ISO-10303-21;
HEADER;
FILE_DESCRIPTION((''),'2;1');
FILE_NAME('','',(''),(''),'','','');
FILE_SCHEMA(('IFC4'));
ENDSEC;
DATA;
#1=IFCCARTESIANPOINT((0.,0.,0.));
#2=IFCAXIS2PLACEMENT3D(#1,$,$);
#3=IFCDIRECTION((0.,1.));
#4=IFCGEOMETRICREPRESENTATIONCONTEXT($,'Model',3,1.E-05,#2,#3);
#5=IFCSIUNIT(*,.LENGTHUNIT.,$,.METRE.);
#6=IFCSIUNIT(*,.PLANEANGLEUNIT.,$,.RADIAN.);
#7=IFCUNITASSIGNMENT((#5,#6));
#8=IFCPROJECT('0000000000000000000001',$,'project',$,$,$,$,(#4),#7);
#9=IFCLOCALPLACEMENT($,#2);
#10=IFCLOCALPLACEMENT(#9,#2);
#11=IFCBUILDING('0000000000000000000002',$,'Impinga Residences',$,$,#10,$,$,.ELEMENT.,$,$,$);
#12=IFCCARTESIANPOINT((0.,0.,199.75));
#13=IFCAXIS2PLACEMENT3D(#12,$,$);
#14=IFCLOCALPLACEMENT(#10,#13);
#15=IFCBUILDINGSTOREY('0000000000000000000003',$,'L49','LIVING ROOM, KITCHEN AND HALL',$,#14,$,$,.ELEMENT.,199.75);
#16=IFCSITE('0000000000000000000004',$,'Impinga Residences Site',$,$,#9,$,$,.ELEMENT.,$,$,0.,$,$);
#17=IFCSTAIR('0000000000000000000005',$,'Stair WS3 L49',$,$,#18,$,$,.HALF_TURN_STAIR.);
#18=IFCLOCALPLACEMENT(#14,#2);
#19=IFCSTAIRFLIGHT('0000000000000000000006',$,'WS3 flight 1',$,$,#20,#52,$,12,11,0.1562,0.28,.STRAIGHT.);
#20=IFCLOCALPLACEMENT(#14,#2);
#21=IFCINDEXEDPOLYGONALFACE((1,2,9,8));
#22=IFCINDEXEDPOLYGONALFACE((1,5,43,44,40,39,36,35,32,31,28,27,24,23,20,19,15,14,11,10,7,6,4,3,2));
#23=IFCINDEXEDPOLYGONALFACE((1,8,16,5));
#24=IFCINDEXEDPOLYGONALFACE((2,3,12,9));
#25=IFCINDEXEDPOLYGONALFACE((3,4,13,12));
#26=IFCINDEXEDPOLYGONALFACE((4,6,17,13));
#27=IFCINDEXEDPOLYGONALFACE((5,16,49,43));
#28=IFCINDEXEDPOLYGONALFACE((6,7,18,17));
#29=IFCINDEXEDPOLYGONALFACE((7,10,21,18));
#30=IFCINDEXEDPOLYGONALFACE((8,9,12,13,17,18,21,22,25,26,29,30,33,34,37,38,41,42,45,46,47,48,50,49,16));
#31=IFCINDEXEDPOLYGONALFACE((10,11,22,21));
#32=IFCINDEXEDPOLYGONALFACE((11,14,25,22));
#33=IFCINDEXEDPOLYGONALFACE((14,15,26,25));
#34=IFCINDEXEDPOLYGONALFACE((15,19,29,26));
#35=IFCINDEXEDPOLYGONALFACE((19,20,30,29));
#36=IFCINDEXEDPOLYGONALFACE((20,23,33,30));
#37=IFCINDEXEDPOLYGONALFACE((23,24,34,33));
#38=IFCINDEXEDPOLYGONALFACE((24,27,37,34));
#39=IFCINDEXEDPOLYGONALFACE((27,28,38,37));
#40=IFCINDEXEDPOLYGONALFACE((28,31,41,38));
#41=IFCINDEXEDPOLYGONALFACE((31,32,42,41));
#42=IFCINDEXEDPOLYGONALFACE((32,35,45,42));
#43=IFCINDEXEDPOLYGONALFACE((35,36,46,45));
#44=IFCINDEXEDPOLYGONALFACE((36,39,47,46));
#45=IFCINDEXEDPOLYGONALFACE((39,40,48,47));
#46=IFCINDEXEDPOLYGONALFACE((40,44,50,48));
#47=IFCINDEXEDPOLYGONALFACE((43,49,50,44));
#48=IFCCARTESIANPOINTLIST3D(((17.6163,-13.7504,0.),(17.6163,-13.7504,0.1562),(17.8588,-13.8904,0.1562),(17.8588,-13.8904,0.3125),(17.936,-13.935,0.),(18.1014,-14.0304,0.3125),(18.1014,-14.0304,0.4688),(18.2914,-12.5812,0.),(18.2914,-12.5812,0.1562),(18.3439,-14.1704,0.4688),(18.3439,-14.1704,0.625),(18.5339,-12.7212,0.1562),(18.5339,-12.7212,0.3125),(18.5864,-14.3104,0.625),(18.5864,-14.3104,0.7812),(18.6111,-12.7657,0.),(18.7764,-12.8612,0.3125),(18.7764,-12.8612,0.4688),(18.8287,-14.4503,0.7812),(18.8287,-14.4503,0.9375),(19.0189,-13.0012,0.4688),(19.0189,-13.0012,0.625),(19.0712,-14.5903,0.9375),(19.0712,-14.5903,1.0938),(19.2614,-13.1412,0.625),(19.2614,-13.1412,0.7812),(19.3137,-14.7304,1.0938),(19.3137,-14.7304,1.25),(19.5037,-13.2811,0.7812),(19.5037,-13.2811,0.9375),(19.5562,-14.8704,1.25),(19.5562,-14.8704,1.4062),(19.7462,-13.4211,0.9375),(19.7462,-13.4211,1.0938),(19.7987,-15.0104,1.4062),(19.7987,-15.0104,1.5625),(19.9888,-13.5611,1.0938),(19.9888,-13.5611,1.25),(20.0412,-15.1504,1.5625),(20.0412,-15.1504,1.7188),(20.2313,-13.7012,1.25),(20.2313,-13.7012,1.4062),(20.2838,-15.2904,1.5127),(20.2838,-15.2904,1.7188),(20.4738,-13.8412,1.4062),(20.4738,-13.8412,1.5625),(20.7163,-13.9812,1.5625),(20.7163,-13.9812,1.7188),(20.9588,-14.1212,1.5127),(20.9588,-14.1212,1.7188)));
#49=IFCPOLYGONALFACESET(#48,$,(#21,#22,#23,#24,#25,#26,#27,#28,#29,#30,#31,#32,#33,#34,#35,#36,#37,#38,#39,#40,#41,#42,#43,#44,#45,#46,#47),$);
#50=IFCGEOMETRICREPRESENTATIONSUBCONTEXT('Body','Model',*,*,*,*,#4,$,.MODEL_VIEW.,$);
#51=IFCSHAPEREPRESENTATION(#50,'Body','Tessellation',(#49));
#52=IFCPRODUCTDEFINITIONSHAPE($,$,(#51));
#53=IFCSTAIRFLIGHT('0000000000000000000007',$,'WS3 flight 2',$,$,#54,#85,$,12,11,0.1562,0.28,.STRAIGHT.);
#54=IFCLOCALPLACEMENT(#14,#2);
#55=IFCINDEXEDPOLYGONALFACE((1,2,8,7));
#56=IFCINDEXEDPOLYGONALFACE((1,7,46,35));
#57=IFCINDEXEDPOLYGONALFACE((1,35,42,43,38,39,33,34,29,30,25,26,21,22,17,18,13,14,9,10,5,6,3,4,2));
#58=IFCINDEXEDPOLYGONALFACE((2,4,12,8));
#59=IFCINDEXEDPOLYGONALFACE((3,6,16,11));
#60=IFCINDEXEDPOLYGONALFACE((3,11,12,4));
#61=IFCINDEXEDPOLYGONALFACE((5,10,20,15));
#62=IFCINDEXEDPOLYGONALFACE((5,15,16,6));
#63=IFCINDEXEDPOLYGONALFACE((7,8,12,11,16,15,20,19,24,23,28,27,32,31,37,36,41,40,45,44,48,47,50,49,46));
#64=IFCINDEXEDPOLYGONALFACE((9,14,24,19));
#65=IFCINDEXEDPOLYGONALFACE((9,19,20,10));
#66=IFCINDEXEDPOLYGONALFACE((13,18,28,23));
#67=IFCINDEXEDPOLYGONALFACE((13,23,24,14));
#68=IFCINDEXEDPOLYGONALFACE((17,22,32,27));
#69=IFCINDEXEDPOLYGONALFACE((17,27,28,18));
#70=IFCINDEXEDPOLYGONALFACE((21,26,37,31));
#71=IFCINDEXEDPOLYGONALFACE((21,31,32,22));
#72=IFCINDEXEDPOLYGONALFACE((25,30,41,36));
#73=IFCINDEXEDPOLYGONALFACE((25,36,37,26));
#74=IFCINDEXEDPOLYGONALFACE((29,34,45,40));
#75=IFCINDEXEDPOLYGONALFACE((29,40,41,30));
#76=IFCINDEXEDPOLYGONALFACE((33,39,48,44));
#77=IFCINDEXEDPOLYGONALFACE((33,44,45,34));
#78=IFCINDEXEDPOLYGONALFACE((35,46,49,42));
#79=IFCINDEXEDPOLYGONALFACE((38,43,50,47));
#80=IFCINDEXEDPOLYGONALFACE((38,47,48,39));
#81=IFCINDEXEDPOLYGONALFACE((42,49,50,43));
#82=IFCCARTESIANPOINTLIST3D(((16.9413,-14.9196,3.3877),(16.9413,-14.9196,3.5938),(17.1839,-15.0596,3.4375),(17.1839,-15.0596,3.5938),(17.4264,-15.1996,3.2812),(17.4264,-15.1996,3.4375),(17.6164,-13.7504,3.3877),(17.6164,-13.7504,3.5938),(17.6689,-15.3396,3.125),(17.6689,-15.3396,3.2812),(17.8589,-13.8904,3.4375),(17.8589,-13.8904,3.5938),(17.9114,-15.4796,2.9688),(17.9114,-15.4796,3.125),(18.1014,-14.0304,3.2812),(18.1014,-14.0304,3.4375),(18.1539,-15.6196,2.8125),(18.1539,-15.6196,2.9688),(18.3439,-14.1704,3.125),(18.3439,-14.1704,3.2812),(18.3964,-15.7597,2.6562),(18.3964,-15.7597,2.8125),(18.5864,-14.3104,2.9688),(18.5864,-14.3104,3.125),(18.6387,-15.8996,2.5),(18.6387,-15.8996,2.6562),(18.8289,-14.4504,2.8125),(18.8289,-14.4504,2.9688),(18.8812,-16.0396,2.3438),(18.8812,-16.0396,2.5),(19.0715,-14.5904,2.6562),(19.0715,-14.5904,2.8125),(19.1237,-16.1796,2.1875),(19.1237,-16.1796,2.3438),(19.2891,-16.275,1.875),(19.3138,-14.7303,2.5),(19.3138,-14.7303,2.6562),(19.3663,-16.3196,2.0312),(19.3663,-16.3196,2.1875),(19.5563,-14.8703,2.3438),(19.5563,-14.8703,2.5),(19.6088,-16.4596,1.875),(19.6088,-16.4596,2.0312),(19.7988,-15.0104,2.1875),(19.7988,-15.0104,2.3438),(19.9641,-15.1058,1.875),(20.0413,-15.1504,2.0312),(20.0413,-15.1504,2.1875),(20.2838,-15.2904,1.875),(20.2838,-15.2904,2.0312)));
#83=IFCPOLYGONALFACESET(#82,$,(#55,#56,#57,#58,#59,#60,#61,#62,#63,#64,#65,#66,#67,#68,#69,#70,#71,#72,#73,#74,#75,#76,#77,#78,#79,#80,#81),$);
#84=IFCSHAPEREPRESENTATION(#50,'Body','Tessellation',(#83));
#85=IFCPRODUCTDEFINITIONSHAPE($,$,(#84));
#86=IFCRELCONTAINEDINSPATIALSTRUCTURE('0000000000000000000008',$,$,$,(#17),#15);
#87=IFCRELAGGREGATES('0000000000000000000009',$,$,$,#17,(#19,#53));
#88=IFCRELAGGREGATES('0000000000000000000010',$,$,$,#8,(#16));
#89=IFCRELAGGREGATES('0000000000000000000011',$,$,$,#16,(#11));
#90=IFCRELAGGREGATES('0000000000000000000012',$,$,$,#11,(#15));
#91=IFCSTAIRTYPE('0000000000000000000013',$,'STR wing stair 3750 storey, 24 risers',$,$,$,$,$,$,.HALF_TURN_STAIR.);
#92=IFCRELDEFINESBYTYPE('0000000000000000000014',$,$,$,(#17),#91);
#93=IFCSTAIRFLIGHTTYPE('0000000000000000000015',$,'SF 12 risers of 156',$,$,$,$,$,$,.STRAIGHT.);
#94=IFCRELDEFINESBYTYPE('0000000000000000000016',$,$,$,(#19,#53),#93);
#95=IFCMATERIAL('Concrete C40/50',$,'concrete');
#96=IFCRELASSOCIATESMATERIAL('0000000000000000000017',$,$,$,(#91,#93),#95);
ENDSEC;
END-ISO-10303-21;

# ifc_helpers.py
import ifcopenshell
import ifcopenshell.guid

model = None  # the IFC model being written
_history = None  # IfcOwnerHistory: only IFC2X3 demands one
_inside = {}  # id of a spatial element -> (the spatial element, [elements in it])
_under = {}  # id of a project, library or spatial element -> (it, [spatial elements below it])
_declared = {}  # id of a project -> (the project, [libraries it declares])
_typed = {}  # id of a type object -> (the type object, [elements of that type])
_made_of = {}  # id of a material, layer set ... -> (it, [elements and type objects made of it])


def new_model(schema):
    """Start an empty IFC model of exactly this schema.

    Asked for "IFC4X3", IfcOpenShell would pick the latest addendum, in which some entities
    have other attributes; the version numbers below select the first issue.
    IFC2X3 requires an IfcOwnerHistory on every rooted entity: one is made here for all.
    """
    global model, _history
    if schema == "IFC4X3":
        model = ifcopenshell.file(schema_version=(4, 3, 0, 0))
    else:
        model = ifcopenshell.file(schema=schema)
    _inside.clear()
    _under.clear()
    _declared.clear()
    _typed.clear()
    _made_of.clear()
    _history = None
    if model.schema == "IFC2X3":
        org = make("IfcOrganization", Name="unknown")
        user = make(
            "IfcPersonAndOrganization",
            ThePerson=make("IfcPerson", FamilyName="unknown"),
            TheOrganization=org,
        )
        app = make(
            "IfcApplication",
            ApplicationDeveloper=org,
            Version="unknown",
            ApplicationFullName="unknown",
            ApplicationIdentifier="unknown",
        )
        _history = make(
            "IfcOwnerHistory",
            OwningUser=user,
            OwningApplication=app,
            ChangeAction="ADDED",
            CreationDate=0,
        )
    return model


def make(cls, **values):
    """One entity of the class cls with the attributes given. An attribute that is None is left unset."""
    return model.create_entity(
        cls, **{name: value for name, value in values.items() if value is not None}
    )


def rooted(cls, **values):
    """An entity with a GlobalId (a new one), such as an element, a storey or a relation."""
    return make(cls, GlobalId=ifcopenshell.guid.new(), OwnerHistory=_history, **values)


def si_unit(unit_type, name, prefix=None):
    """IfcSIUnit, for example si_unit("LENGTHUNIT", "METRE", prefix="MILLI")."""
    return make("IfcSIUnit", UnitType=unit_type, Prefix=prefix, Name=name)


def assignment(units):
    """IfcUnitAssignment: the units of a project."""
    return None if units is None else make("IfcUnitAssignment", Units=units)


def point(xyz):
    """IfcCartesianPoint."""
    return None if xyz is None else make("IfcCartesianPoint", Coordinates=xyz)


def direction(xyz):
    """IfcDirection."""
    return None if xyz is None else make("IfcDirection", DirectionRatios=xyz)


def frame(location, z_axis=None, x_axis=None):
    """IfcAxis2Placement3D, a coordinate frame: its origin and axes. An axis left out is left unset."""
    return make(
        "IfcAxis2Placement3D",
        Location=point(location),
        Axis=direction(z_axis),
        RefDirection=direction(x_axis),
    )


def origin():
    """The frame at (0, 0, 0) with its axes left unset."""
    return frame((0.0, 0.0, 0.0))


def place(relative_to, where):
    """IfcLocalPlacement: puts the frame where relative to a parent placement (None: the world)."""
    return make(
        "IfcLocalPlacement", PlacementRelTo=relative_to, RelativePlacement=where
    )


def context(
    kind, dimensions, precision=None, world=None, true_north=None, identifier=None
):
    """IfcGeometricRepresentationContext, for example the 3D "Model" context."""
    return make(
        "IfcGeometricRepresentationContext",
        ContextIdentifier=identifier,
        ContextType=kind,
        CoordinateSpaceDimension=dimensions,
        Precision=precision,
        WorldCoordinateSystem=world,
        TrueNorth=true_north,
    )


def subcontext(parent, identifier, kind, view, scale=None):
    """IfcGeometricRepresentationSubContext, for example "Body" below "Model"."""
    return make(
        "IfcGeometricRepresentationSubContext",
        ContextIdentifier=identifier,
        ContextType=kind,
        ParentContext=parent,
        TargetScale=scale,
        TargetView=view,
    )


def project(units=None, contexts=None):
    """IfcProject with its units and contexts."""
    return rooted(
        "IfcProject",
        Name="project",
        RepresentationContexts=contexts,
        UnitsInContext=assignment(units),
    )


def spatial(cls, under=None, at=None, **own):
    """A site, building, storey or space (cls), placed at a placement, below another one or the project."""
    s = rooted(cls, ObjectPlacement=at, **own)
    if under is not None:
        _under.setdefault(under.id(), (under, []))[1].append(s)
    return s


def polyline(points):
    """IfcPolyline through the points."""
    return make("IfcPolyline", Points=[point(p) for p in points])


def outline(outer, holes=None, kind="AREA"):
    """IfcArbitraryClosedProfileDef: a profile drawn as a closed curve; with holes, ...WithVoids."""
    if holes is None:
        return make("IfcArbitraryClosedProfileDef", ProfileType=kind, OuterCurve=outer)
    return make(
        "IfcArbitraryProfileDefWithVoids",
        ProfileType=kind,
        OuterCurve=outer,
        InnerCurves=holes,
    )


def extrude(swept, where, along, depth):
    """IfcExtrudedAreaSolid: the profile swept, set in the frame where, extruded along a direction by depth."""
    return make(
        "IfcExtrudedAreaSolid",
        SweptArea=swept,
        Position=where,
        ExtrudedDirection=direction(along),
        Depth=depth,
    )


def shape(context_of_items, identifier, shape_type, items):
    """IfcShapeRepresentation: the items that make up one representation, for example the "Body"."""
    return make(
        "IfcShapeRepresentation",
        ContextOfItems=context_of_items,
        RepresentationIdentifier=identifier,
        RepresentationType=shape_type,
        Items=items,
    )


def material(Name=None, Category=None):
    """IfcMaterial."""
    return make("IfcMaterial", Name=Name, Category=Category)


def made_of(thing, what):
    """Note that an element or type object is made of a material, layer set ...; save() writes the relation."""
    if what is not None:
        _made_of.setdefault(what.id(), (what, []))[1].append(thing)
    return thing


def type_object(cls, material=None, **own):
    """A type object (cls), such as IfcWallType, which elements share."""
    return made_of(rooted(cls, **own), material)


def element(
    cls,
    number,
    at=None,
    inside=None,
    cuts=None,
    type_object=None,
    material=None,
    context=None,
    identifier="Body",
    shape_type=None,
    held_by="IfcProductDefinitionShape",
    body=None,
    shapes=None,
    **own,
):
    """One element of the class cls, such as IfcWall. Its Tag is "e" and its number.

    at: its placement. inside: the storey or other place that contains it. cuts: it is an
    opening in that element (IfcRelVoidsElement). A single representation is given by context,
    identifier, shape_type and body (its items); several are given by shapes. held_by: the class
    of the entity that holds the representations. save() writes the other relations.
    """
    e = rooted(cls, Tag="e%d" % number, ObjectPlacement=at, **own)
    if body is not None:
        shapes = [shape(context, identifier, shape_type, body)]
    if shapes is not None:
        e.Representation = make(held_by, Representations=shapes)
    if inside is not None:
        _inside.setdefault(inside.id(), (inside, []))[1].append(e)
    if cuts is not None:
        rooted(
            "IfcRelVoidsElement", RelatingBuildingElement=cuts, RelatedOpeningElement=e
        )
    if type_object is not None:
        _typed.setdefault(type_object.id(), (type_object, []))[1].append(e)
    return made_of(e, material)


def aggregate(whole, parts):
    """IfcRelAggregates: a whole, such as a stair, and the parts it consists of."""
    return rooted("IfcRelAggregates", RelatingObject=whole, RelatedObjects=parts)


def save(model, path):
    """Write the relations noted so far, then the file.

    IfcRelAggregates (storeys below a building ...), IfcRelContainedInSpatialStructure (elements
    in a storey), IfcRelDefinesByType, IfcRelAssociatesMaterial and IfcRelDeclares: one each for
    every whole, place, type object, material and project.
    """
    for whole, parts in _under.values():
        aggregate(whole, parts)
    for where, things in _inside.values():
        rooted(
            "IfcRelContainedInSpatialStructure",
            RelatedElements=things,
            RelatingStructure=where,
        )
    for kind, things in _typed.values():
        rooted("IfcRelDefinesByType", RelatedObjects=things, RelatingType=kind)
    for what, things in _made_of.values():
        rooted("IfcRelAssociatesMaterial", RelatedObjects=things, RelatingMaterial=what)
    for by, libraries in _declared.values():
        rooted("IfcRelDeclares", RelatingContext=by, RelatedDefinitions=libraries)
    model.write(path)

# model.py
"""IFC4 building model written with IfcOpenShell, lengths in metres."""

from ifc_helpers import new_model, si_unit, direction, frame, origin, place, context, subcontext, project, spatial, polyline, outline, extrude, material, type_object, element, aggregate, save


model = new_model("IFC4")

# Units and contexts
model_context = context("Model", 3, precision=1e-05, world=origin(), true_north=direction((0.0, 1.0)))
body_context = subcontext(model_context, "Body", "Model", "MODEL_VIEW")
ifc_project = project(units=[si_unit("LENGTHUNIT", "METRE"), si_unit("PLANEANGLEUNIT", "RADIAN")], contexts=[model_context])

# Site, building, storey
site_placement = place(None, origin())
site = spatial("IfcSite", under=ifc_project, at=site_placement, Name="Impinga Residences Site", CompositionType="ELEMENT", RefElevation=0.0)
building_placement = place(site_placement, origin())
building = spatial("IfcBuilding", under=site, at=building_placement, Name="Impinga Residences", CompositionType="ELEMENT")
storey_placement = place(building_placement, frame((0.0, 0.0, 199.75)))
storey = spatial("IfcBuildingStorey", under=building, at=storey_placement, Name="L49", Description="LIVING ROOM, KITCHEN AND HALL", CompositionType="ELEMENT", Elevation=199.75)

# Stair, stair flights
ifc_material_1 = material(Name="Concrete C40/50", Category="concrete")
stair_type = type_object("IfcStairType", Name="STR wing stair 3750 storey, 24 risers", PredefinedType="HALF_TURN_STAIR", material=ifc_material_1)
stair_placement = place(storey_placement, origin())
stair = element("IfcStair", 1, at=stair_placement, inside=storey, type_object=stair_type, Name="Stair WS3 L49", PredefinedType="HALF_TURN_STAIR")
stair_flight_type = type_object("IfcStairFlightType", Name="SF 12 risers of 156", PredefinedType="STRAIGHT", material=ifc_material_1)
stair_flight_1_placement = place(storey_placement, frame((17.9539, -13.1658, 0.0), z_axis=(0.0, 0.0, 1.0), x_axis=(0.866025, -0.5, 0.0)))
stair_flight_1 = element("IfcStairFlight", 2, at=stair_flight_1_placement, type_object=stair_flight_type, Name="WS3 flight 1", NumberOfRisers=12, NumberOfTreads=11, PredefinedType="STRAIGHT", RiserHeight=0.1562, TreadLength=0.28, context=body_context, shape_type="SweptSolid", body=[
    extrude(outline(polyline([(0.0, 0.0), (0.0, 0.1562), (0.28, 0.1562), (0.28, 0.3125), (0.5601, 0.3125), (0.5601, 0.4688), (0.8401, 0.4688), (0.8401, 0.625), (1.1201, 0.625), (1.1201, 0.7812), (1.3999, 0.7812), (1.3999, 0.9375), (1.6799, 0.9375), (1.6799, 1.0938), (1.96, 1.0938), (1.96, 1.25), (2.24, 1.25), (2.24, 1.4062), (2.52, 1.4062), (2.52, 1.5625), (2.8, 1.5625), (2.8, 1.7188), (3.0801, 1.7188), (3.0801, 1.875), (3.0801, 1.5127), (0.3691, 0.0), (0.0, 0.0)])), frame((0.0, 0.675, 0.0), z_axis=(0.0, -1.0, 0.0), x_axis=(1.0, 0.0, 0.0)), (0.0, 0.0, 1.0), 1.3501),
])
stair_flight_2_placement = place(storey_placement, frame((19.9463, -15.875, 1.875), z_axis=(0.0, 0.0, 1.0), x_axis=(-0.866025, 0.5, 0.0)))
stair_flight_2 = element("IfcStairFlight", 3, at=stair_flight_2_placement, type_object=stair_flight_type, Name="WS3 flight 2", NumberOfRisers=12, NumberOfTreads=11, PredefinedType="STRAIGHT", RiserHeight=0.1562, TreadLength=0.28, context=body_context, shape_type="SweptSolid", body=[
    extrude(outline(polyline([(0.0, 0.0), (0.0, 0.1562), (0.28, 0.1562), (0.28, 0.3125), (0.5601, 0.3125), (0.5601, 0.4688), (0.8401, 0.4688), (0.8401, 0.625), (1.1201, 0.625), (1.1201, 0.7812), (1.3999, 0.7812), (1.3999, 0.9375), (1.6799, 0.9375), (1.6799, 1.0938), (1.96, 1.0938), (1.96, 1.25), (2.24, 1.25), (2.24, 1.4062), (2.52, 1.4062), (2.52, 1.5625), (2.8, 1.5625), (2.8, 1.7188), (3.0801, 1.7188), (3.0801, 1.875), (3.0801, 1.5127), (0.3691, 0.0), (0.0, 0.0)])), frame((0.0, 0.675, 0.0), z_axis=(0.0, -1.0, 0.0), x_axis=(1.0, 0.0, 0.0)), (0.0, 0.0, 1.0), 1.3501),
])
aggregate(stair, [stair_flight_1, stair_flight_2])

save(model, "model.ifc")
